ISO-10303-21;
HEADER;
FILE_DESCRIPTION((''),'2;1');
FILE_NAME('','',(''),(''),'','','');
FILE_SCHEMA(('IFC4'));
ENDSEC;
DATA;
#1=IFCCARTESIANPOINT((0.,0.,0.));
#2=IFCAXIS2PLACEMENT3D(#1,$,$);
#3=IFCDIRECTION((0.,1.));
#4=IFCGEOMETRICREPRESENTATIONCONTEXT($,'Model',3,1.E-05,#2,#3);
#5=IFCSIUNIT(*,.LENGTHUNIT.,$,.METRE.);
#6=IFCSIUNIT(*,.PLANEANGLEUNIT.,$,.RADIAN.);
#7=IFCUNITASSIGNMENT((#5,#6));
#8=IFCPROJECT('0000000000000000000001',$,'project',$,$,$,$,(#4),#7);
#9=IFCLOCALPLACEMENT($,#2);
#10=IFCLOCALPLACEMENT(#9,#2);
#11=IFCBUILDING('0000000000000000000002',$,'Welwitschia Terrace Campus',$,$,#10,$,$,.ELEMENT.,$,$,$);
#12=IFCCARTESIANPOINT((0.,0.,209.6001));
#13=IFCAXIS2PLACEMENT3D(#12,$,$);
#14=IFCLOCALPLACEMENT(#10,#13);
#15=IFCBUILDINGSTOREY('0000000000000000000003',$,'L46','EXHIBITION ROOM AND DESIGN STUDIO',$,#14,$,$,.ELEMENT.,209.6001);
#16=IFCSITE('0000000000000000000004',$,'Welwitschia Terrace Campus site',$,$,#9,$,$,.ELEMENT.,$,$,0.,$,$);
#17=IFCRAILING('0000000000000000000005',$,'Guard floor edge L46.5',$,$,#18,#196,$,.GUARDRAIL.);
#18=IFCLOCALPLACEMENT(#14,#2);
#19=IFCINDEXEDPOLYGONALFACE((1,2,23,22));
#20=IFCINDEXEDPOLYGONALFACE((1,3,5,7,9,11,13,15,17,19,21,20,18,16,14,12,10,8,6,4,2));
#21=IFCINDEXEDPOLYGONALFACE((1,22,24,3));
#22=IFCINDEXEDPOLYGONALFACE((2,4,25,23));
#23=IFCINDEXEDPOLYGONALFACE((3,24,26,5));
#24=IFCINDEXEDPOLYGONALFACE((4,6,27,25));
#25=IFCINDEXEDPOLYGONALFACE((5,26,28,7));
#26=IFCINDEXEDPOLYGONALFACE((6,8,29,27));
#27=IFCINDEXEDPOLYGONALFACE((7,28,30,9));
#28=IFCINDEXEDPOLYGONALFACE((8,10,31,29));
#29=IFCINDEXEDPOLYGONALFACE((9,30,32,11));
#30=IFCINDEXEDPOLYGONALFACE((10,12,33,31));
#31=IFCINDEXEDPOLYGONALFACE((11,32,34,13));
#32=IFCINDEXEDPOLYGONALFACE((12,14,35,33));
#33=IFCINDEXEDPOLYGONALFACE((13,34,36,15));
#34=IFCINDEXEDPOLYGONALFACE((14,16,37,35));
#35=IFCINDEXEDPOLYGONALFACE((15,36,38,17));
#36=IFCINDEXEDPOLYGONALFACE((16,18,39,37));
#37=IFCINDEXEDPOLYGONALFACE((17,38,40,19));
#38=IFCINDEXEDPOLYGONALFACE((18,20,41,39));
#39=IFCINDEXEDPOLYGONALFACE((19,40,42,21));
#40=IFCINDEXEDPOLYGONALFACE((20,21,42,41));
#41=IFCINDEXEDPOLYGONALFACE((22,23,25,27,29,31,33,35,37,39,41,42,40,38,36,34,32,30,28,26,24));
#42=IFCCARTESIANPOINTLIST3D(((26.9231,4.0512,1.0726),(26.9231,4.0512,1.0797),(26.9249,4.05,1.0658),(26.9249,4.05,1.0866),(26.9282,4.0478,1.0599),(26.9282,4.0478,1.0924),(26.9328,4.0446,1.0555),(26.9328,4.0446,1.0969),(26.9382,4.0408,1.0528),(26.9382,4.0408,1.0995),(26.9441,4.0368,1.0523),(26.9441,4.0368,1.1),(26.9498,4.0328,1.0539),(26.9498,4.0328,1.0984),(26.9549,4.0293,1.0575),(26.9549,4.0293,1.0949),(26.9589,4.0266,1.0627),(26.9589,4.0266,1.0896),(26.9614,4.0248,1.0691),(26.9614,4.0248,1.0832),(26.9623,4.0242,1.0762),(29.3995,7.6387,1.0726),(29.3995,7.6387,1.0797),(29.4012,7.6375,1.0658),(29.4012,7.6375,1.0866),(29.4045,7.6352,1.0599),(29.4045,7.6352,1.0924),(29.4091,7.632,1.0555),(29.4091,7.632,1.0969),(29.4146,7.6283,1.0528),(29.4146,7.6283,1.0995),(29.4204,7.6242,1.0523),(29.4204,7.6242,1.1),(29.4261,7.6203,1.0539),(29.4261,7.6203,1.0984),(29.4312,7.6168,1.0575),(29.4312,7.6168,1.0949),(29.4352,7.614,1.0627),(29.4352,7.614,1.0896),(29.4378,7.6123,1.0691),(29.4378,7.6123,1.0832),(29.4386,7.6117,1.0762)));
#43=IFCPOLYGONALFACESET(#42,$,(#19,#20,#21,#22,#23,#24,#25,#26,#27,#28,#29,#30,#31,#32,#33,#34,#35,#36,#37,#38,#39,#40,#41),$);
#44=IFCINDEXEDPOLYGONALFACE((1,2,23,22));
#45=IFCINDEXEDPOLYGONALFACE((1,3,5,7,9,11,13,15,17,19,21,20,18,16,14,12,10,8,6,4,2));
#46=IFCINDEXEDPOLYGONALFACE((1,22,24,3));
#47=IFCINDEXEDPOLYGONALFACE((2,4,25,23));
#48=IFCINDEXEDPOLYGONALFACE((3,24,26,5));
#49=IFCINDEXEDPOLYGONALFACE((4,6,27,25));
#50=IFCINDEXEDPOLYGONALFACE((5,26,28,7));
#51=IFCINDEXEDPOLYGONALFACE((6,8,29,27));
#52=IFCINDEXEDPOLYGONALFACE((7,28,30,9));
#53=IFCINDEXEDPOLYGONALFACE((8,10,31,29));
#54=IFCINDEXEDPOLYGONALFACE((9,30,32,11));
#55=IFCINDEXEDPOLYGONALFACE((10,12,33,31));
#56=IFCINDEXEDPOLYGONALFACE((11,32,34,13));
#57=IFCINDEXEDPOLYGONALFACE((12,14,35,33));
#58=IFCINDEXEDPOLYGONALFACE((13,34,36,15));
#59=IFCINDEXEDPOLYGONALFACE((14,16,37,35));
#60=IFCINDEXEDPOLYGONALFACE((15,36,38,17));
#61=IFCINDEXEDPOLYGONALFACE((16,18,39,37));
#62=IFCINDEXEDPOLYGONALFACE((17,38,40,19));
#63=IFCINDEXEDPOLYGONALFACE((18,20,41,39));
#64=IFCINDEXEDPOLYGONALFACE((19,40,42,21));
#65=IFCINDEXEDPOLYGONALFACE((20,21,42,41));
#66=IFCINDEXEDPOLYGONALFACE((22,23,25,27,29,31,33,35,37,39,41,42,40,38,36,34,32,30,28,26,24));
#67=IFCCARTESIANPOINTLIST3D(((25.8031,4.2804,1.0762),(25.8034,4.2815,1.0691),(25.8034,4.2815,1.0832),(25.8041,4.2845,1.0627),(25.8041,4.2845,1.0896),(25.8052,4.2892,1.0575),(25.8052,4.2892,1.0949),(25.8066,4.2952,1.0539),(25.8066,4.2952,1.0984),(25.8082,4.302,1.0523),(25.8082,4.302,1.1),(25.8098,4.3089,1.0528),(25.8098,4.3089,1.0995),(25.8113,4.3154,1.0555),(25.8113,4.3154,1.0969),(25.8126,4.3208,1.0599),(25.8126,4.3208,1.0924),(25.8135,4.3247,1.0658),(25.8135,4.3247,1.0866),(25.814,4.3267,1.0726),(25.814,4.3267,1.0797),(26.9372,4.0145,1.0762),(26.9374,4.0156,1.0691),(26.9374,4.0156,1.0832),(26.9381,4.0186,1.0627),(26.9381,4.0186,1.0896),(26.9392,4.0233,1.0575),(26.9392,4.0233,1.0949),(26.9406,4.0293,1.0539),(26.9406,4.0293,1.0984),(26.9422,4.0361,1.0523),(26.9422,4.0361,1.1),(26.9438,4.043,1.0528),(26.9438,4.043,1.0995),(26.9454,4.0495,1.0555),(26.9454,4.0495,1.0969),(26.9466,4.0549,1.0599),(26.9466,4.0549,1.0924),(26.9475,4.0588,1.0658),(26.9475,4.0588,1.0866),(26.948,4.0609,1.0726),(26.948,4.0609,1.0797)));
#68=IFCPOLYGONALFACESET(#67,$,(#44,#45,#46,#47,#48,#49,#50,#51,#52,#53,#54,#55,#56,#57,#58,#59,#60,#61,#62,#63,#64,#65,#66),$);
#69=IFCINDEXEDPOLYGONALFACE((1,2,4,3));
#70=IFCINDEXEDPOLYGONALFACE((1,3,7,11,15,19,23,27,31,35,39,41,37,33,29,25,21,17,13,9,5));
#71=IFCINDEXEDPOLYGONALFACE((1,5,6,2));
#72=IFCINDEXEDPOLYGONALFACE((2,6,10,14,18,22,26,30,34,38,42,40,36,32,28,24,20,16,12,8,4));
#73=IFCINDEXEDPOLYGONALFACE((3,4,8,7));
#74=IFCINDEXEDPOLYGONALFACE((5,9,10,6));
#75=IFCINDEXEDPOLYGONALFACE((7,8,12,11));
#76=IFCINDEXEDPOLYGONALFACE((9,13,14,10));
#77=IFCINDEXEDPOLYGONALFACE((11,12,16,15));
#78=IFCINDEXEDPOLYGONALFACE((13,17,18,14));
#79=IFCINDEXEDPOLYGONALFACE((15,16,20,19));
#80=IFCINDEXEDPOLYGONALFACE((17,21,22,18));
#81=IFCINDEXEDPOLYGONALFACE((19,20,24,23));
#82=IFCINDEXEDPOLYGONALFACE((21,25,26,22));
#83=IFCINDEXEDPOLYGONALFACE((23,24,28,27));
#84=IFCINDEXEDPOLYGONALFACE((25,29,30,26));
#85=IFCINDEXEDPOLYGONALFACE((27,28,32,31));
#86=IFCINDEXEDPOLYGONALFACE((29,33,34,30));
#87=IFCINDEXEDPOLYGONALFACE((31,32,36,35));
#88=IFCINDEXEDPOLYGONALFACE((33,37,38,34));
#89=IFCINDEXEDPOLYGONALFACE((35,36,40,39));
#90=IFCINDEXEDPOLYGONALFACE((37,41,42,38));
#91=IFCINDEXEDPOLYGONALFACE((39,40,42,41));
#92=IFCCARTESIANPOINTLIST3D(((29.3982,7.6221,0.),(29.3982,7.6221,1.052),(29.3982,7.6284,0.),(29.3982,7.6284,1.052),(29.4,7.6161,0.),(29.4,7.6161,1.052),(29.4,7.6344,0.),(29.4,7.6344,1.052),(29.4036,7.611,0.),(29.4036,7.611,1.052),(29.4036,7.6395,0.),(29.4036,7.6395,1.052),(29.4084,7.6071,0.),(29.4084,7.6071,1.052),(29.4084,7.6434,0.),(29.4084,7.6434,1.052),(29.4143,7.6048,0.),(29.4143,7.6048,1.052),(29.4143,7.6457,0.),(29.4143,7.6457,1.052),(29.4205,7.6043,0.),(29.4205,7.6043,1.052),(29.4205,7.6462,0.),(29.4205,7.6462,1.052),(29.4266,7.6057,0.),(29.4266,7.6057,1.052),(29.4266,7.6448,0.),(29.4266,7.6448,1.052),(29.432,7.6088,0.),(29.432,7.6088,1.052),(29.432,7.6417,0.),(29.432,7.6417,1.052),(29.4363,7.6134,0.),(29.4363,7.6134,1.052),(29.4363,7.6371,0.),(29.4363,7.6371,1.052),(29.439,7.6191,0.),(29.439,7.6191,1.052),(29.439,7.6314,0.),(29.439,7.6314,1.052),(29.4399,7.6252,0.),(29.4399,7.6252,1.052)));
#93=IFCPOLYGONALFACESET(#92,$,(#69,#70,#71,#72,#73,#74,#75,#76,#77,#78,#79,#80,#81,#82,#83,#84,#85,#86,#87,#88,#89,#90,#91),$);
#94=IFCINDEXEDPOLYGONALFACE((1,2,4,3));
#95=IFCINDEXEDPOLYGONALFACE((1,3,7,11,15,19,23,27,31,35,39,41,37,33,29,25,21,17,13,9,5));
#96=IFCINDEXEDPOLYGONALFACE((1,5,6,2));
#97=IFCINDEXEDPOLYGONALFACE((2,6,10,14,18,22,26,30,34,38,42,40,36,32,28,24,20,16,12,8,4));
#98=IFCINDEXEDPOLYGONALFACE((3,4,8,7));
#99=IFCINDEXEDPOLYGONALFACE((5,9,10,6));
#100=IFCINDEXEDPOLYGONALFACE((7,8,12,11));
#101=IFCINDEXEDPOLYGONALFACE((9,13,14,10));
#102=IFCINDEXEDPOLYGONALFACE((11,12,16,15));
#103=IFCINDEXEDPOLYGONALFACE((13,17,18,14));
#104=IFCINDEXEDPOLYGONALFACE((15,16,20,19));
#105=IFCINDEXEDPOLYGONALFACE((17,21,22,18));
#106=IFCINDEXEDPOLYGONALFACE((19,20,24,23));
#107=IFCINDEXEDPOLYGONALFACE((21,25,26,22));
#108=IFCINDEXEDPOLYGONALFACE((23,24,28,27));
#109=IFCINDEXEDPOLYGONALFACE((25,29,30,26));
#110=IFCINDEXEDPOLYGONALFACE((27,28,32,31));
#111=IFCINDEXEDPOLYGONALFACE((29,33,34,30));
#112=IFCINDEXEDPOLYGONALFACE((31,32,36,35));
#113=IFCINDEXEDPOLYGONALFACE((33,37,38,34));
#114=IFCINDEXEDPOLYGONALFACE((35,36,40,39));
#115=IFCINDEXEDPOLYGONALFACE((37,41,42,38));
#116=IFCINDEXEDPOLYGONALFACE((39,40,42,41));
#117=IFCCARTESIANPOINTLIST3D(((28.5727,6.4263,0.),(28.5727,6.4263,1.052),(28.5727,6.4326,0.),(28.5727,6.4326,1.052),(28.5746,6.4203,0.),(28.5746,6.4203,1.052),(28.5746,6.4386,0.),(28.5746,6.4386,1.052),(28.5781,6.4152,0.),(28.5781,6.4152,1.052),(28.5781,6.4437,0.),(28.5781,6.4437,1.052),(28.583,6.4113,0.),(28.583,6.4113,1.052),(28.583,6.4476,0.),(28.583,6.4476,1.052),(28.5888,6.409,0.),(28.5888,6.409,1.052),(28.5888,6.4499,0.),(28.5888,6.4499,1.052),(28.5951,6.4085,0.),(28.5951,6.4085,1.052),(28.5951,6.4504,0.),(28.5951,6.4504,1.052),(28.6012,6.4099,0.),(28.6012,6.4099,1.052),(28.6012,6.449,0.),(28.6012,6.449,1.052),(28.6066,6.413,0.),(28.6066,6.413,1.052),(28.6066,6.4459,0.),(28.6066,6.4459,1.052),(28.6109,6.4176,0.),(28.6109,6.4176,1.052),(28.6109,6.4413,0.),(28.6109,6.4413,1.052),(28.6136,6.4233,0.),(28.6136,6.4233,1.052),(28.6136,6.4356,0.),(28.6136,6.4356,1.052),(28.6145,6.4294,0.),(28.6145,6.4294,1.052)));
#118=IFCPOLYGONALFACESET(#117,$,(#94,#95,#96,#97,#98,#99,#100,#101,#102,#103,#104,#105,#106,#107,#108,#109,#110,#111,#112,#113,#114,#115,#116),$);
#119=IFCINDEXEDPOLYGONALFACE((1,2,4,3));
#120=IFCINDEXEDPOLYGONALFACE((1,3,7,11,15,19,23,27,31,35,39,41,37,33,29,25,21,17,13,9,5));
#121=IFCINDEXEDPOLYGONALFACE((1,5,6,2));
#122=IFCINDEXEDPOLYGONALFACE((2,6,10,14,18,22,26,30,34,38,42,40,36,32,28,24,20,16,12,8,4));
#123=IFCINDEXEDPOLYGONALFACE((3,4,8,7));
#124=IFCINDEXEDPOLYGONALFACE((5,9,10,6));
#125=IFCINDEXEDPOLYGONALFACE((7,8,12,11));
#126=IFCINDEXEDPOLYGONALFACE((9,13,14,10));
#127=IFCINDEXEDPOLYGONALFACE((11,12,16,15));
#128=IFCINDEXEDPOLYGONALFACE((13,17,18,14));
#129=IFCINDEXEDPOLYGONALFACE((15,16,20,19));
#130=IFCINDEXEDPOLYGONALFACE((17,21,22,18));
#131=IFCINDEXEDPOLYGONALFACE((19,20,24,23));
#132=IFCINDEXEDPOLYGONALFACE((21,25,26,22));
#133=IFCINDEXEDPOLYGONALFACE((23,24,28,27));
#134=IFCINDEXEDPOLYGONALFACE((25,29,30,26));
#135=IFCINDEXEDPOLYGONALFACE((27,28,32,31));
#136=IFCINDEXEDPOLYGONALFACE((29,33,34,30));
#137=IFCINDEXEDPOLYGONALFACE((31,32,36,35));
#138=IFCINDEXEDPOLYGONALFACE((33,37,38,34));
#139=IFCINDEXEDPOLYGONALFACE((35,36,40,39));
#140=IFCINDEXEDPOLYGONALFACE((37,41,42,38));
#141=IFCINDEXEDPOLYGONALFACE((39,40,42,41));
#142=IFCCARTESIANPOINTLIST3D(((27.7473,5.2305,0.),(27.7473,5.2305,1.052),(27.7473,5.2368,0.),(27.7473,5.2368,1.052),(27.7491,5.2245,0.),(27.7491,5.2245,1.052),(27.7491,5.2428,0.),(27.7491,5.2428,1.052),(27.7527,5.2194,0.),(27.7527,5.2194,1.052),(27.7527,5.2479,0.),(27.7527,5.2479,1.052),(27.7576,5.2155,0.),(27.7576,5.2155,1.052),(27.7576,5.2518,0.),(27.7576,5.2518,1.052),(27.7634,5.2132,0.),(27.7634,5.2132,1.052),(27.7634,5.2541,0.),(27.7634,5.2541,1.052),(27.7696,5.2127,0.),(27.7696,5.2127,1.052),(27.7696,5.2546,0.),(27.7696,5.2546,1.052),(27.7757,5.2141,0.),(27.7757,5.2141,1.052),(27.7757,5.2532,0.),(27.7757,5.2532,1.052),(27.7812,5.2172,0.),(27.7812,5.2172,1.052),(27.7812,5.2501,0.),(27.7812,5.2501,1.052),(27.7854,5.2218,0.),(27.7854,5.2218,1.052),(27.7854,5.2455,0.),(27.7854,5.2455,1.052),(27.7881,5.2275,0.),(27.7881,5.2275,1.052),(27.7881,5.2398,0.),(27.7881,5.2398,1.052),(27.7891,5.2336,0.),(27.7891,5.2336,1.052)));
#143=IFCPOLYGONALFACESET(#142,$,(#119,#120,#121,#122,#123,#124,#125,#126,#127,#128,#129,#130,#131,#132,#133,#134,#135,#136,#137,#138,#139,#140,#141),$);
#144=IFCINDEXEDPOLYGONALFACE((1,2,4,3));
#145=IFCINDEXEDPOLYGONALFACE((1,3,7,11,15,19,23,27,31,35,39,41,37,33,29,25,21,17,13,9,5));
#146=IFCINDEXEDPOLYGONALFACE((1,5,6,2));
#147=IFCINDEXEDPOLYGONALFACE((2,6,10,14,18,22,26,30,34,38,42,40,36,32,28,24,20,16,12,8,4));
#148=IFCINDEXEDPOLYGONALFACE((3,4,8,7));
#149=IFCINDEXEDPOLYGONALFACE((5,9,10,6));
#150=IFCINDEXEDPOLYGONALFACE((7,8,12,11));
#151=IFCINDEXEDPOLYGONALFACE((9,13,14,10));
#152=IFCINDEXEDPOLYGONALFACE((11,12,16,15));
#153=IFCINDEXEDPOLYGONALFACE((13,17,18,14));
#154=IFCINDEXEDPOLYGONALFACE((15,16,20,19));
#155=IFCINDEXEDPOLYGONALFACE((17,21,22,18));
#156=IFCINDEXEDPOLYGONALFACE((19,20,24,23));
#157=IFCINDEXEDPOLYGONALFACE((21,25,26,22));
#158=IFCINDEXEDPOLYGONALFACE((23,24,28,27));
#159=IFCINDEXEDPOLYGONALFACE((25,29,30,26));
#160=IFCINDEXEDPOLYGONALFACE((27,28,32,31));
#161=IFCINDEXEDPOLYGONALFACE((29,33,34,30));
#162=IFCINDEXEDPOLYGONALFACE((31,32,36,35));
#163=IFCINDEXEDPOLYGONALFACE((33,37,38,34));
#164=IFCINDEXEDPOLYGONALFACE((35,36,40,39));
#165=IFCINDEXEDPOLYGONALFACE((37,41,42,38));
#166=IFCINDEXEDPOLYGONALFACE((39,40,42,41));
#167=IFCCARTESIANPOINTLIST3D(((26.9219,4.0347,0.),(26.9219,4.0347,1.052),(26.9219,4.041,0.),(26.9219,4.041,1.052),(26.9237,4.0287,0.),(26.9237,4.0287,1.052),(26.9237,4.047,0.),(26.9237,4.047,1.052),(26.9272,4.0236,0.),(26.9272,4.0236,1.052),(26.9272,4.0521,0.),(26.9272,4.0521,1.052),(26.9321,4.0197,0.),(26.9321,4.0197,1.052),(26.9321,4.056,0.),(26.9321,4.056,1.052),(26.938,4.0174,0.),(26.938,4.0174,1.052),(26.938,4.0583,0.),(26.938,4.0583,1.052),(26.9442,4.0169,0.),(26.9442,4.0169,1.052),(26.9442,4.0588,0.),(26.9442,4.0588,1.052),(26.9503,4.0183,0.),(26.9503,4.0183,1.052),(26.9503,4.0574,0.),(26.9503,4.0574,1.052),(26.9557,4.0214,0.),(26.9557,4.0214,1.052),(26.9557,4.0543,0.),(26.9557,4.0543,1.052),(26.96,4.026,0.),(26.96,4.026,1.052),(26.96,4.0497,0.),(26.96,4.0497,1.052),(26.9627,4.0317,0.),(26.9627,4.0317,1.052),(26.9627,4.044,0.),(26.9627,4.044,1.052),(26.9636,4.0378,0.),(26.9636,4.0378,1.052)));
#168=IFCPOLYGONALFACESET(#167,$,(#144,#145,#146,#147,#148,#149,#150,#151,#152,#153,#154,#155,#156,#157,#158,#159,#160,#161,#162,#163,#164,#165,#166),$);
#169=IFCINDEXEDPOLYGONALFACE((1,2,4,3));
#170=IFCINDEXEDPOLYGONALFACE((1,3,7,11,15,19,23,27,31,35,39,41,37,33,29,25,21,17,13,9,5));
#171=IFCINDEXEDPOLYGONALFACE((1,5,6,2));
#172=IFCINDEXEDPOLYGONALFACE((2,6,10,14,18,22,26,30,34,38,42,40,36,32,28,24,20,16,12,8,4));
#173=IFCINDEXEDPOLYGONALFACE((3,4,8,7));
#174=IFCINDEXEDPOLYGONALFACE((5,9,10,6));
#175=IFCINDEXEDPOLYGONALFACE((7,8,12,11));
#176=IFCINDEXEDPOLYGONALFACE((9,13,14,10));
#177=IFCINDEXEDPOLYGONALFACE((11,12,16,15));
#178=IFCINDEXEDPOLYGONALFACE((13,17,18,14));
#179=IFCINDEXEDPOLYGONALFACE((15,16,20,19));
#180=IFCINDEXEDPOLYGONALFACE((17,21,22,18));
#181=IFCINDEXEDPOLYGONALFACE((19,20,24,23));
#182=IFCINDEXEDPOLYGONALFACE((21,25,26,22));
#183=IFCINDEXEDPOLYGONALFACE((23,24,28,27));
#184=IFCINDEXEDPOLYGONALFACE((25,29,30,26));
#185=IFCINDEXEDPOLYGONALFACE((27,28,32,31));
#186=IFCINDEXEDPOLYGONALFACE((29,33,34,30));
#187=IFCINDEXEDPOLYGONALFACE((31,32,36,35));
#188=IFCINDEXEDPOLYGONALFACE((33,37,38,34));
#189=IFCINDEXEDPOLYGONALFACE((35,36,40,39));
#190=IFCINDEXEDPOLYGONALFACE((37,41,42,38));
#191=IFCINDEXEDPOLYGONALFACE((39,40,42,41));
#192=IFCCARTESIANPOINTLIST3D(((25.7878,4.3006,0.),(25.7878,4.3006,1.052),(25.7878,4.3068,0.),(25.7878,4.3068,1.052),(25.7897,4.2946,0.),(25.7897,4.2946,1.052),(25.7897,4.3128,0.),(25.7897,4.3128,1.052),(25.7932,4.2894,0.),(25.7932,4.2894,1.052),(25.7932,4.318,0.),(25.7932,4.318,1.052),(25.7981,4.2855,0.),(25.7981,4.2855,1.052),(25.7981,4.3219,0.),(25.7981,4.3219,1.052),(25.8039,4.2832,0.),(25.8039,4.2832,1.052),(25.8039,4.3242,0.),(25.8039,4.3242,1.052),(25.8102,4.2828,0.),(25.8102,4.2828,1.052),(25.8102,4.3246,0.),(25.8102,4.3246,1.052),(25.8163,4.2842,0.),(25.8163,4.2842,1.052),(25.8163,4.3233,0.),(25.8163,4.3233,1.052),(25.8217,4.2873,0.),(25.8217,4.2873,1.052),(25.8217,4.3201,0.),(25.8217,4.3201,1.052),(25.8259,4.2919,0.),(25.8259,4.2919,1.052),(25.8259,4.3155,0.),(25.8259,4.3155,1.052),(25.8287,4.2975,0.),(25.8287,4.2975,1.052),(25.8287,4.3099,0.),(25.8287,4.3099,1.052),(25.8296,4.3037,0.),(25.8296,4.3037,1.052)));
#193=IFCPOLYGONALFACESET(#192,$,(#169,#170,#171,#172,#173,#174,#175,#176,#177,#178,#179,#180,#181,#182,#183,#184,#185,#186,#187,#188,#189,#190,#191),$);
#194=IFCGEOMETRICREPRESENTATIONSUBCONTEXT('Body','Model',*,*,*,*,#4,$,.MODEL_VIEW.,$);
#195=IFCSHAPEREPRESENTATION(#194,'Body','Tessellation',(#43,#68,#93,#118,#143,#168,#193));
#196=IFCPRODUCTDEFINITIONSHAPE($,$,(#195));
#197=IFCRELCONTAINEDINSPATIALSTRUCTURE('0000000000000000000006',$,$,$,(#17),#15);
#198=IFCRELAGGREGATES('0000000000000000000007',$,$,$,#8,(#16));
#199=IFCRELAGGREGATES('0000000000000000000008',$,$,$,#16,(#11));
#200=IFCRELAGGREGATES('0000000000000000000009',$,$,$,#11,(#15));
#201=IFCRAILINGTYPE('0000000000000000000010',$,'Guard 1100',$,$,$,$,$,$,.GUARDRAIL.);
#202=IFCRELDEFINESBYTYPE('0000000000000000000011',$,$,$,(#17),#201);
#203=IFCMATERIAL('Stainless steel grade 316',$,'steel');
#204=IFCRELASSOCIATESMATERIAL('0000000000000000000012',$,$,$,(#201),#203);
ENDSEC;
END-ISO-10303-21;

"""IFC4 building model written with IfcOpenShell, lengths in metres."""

from ifc_helpers import new_model, si_unit, direction, frame, origin, origin_2d, place, context, subcontext, project, spatial, circle, extrude, material, type_object, element, save


model = new_model("IFC4")

# Units and contexts
model_context = context("Model", 3, precision=1e-05, world=origin(), true_north=direction((0.0, 1.0)))
body_context = subcontext(model_context, "Body", "Model", "MODEL_VIEW")
ifc_project = project(units=[si_unit("LENGTHUNIT", "METRE"), si_unit("PLANEANGLEUNIT", "RADIAN")], contexts=[model_context])

# Site, building, storey
site_placement = place(None, origin())
site = spatial("IfcSite", under=ifc_project, at=site_placement, Name="Welwitschia Terrace Campus site", CompositionType="ELEMENT", RefElevation=0.0)
building_placement = place(site_placement, origin())
building = spatial("IfcBuilding", under=site, at=building_placement, Name="Welwitschia Terrace Campus", CompositionType="ELEMENT")
storey_placement = place(building_placement, frame((0.0, 0.0, 209.6001)))
storey = spatial("IfcBuildingStorey", under=building, at=storey_placement, Name="L46", Description="EXHIBITION ROOM AND DESIGN STUDIO", CompositionType="ELEMENT", Elevation=209.6001)

# Railing
ifc_material_1 = material(Name="Stainless steel grade 316", Category="steel")
railing_type_1 = type_object("IfcRailingType", Name="Guard 1100", PredefinedType="GUARDRAIL", material=ifc_material_1)
railing_1_placement = place(storey_placement, frame((29.4189, 7.6252, 0.0)))
element("IfcRailing", 1, at=railing_1_placement, inside=storey, type_object=railing_type_1, Name="Guard floor edge L46.5", PredefinedType="GUARDRAIL", context=body_context, shape_type="SweptSolid", body=[
    extrude(circle(Radius=0.0239, at=origin_2d()), frame((0.0, 0.0, 1.0762), z_axis=(-0.568082, -0.822972, 0.0), x_axis=(0.822972, -0.568082, 0.0)), (0.0, 0.0, 1.0), 4.3591),
    extrude(circle(Radius=0.0239, at=origin_2d()), frame((-2.4763, -3.5874, 1.0762), z_axis=(-0.973601, 0.228257, 0.0), x_axis=(-0.228257, -0.973601, 0.0)), (0.0, 0.0, 1.0), 1.1648),
    extrude(circle(Radius=0.021, at=origin_2d()), origin(), (0.0, 0.0, 1.0), 1.052),
    extrude(circle(Radius=0.021, at=origin_2d()), frame((-0.8254, -1.1958, 0.0)), (0.0, 0.0, 1.0), 1.052),
    extrude(circle(Radius=0.021, at=origin_2d()), frame((-1.6509, -2.3916, 0.0)), (0.0, 0.0, 1.0), 1.052),
    extrude(circle(Radius=0.021, at=origin_2d()), frame((-2.4763, -3.5874, 0.0)), (0.0, 0.0, 1.0), 1.052),
    extrude(circle(Radius=0.021, at=origin_2d()), frame((-3.6104, -3.3215, 0.0)), (0.0, 0.0, 1.0), 1.052),
])

save(model, "model.ifc")
